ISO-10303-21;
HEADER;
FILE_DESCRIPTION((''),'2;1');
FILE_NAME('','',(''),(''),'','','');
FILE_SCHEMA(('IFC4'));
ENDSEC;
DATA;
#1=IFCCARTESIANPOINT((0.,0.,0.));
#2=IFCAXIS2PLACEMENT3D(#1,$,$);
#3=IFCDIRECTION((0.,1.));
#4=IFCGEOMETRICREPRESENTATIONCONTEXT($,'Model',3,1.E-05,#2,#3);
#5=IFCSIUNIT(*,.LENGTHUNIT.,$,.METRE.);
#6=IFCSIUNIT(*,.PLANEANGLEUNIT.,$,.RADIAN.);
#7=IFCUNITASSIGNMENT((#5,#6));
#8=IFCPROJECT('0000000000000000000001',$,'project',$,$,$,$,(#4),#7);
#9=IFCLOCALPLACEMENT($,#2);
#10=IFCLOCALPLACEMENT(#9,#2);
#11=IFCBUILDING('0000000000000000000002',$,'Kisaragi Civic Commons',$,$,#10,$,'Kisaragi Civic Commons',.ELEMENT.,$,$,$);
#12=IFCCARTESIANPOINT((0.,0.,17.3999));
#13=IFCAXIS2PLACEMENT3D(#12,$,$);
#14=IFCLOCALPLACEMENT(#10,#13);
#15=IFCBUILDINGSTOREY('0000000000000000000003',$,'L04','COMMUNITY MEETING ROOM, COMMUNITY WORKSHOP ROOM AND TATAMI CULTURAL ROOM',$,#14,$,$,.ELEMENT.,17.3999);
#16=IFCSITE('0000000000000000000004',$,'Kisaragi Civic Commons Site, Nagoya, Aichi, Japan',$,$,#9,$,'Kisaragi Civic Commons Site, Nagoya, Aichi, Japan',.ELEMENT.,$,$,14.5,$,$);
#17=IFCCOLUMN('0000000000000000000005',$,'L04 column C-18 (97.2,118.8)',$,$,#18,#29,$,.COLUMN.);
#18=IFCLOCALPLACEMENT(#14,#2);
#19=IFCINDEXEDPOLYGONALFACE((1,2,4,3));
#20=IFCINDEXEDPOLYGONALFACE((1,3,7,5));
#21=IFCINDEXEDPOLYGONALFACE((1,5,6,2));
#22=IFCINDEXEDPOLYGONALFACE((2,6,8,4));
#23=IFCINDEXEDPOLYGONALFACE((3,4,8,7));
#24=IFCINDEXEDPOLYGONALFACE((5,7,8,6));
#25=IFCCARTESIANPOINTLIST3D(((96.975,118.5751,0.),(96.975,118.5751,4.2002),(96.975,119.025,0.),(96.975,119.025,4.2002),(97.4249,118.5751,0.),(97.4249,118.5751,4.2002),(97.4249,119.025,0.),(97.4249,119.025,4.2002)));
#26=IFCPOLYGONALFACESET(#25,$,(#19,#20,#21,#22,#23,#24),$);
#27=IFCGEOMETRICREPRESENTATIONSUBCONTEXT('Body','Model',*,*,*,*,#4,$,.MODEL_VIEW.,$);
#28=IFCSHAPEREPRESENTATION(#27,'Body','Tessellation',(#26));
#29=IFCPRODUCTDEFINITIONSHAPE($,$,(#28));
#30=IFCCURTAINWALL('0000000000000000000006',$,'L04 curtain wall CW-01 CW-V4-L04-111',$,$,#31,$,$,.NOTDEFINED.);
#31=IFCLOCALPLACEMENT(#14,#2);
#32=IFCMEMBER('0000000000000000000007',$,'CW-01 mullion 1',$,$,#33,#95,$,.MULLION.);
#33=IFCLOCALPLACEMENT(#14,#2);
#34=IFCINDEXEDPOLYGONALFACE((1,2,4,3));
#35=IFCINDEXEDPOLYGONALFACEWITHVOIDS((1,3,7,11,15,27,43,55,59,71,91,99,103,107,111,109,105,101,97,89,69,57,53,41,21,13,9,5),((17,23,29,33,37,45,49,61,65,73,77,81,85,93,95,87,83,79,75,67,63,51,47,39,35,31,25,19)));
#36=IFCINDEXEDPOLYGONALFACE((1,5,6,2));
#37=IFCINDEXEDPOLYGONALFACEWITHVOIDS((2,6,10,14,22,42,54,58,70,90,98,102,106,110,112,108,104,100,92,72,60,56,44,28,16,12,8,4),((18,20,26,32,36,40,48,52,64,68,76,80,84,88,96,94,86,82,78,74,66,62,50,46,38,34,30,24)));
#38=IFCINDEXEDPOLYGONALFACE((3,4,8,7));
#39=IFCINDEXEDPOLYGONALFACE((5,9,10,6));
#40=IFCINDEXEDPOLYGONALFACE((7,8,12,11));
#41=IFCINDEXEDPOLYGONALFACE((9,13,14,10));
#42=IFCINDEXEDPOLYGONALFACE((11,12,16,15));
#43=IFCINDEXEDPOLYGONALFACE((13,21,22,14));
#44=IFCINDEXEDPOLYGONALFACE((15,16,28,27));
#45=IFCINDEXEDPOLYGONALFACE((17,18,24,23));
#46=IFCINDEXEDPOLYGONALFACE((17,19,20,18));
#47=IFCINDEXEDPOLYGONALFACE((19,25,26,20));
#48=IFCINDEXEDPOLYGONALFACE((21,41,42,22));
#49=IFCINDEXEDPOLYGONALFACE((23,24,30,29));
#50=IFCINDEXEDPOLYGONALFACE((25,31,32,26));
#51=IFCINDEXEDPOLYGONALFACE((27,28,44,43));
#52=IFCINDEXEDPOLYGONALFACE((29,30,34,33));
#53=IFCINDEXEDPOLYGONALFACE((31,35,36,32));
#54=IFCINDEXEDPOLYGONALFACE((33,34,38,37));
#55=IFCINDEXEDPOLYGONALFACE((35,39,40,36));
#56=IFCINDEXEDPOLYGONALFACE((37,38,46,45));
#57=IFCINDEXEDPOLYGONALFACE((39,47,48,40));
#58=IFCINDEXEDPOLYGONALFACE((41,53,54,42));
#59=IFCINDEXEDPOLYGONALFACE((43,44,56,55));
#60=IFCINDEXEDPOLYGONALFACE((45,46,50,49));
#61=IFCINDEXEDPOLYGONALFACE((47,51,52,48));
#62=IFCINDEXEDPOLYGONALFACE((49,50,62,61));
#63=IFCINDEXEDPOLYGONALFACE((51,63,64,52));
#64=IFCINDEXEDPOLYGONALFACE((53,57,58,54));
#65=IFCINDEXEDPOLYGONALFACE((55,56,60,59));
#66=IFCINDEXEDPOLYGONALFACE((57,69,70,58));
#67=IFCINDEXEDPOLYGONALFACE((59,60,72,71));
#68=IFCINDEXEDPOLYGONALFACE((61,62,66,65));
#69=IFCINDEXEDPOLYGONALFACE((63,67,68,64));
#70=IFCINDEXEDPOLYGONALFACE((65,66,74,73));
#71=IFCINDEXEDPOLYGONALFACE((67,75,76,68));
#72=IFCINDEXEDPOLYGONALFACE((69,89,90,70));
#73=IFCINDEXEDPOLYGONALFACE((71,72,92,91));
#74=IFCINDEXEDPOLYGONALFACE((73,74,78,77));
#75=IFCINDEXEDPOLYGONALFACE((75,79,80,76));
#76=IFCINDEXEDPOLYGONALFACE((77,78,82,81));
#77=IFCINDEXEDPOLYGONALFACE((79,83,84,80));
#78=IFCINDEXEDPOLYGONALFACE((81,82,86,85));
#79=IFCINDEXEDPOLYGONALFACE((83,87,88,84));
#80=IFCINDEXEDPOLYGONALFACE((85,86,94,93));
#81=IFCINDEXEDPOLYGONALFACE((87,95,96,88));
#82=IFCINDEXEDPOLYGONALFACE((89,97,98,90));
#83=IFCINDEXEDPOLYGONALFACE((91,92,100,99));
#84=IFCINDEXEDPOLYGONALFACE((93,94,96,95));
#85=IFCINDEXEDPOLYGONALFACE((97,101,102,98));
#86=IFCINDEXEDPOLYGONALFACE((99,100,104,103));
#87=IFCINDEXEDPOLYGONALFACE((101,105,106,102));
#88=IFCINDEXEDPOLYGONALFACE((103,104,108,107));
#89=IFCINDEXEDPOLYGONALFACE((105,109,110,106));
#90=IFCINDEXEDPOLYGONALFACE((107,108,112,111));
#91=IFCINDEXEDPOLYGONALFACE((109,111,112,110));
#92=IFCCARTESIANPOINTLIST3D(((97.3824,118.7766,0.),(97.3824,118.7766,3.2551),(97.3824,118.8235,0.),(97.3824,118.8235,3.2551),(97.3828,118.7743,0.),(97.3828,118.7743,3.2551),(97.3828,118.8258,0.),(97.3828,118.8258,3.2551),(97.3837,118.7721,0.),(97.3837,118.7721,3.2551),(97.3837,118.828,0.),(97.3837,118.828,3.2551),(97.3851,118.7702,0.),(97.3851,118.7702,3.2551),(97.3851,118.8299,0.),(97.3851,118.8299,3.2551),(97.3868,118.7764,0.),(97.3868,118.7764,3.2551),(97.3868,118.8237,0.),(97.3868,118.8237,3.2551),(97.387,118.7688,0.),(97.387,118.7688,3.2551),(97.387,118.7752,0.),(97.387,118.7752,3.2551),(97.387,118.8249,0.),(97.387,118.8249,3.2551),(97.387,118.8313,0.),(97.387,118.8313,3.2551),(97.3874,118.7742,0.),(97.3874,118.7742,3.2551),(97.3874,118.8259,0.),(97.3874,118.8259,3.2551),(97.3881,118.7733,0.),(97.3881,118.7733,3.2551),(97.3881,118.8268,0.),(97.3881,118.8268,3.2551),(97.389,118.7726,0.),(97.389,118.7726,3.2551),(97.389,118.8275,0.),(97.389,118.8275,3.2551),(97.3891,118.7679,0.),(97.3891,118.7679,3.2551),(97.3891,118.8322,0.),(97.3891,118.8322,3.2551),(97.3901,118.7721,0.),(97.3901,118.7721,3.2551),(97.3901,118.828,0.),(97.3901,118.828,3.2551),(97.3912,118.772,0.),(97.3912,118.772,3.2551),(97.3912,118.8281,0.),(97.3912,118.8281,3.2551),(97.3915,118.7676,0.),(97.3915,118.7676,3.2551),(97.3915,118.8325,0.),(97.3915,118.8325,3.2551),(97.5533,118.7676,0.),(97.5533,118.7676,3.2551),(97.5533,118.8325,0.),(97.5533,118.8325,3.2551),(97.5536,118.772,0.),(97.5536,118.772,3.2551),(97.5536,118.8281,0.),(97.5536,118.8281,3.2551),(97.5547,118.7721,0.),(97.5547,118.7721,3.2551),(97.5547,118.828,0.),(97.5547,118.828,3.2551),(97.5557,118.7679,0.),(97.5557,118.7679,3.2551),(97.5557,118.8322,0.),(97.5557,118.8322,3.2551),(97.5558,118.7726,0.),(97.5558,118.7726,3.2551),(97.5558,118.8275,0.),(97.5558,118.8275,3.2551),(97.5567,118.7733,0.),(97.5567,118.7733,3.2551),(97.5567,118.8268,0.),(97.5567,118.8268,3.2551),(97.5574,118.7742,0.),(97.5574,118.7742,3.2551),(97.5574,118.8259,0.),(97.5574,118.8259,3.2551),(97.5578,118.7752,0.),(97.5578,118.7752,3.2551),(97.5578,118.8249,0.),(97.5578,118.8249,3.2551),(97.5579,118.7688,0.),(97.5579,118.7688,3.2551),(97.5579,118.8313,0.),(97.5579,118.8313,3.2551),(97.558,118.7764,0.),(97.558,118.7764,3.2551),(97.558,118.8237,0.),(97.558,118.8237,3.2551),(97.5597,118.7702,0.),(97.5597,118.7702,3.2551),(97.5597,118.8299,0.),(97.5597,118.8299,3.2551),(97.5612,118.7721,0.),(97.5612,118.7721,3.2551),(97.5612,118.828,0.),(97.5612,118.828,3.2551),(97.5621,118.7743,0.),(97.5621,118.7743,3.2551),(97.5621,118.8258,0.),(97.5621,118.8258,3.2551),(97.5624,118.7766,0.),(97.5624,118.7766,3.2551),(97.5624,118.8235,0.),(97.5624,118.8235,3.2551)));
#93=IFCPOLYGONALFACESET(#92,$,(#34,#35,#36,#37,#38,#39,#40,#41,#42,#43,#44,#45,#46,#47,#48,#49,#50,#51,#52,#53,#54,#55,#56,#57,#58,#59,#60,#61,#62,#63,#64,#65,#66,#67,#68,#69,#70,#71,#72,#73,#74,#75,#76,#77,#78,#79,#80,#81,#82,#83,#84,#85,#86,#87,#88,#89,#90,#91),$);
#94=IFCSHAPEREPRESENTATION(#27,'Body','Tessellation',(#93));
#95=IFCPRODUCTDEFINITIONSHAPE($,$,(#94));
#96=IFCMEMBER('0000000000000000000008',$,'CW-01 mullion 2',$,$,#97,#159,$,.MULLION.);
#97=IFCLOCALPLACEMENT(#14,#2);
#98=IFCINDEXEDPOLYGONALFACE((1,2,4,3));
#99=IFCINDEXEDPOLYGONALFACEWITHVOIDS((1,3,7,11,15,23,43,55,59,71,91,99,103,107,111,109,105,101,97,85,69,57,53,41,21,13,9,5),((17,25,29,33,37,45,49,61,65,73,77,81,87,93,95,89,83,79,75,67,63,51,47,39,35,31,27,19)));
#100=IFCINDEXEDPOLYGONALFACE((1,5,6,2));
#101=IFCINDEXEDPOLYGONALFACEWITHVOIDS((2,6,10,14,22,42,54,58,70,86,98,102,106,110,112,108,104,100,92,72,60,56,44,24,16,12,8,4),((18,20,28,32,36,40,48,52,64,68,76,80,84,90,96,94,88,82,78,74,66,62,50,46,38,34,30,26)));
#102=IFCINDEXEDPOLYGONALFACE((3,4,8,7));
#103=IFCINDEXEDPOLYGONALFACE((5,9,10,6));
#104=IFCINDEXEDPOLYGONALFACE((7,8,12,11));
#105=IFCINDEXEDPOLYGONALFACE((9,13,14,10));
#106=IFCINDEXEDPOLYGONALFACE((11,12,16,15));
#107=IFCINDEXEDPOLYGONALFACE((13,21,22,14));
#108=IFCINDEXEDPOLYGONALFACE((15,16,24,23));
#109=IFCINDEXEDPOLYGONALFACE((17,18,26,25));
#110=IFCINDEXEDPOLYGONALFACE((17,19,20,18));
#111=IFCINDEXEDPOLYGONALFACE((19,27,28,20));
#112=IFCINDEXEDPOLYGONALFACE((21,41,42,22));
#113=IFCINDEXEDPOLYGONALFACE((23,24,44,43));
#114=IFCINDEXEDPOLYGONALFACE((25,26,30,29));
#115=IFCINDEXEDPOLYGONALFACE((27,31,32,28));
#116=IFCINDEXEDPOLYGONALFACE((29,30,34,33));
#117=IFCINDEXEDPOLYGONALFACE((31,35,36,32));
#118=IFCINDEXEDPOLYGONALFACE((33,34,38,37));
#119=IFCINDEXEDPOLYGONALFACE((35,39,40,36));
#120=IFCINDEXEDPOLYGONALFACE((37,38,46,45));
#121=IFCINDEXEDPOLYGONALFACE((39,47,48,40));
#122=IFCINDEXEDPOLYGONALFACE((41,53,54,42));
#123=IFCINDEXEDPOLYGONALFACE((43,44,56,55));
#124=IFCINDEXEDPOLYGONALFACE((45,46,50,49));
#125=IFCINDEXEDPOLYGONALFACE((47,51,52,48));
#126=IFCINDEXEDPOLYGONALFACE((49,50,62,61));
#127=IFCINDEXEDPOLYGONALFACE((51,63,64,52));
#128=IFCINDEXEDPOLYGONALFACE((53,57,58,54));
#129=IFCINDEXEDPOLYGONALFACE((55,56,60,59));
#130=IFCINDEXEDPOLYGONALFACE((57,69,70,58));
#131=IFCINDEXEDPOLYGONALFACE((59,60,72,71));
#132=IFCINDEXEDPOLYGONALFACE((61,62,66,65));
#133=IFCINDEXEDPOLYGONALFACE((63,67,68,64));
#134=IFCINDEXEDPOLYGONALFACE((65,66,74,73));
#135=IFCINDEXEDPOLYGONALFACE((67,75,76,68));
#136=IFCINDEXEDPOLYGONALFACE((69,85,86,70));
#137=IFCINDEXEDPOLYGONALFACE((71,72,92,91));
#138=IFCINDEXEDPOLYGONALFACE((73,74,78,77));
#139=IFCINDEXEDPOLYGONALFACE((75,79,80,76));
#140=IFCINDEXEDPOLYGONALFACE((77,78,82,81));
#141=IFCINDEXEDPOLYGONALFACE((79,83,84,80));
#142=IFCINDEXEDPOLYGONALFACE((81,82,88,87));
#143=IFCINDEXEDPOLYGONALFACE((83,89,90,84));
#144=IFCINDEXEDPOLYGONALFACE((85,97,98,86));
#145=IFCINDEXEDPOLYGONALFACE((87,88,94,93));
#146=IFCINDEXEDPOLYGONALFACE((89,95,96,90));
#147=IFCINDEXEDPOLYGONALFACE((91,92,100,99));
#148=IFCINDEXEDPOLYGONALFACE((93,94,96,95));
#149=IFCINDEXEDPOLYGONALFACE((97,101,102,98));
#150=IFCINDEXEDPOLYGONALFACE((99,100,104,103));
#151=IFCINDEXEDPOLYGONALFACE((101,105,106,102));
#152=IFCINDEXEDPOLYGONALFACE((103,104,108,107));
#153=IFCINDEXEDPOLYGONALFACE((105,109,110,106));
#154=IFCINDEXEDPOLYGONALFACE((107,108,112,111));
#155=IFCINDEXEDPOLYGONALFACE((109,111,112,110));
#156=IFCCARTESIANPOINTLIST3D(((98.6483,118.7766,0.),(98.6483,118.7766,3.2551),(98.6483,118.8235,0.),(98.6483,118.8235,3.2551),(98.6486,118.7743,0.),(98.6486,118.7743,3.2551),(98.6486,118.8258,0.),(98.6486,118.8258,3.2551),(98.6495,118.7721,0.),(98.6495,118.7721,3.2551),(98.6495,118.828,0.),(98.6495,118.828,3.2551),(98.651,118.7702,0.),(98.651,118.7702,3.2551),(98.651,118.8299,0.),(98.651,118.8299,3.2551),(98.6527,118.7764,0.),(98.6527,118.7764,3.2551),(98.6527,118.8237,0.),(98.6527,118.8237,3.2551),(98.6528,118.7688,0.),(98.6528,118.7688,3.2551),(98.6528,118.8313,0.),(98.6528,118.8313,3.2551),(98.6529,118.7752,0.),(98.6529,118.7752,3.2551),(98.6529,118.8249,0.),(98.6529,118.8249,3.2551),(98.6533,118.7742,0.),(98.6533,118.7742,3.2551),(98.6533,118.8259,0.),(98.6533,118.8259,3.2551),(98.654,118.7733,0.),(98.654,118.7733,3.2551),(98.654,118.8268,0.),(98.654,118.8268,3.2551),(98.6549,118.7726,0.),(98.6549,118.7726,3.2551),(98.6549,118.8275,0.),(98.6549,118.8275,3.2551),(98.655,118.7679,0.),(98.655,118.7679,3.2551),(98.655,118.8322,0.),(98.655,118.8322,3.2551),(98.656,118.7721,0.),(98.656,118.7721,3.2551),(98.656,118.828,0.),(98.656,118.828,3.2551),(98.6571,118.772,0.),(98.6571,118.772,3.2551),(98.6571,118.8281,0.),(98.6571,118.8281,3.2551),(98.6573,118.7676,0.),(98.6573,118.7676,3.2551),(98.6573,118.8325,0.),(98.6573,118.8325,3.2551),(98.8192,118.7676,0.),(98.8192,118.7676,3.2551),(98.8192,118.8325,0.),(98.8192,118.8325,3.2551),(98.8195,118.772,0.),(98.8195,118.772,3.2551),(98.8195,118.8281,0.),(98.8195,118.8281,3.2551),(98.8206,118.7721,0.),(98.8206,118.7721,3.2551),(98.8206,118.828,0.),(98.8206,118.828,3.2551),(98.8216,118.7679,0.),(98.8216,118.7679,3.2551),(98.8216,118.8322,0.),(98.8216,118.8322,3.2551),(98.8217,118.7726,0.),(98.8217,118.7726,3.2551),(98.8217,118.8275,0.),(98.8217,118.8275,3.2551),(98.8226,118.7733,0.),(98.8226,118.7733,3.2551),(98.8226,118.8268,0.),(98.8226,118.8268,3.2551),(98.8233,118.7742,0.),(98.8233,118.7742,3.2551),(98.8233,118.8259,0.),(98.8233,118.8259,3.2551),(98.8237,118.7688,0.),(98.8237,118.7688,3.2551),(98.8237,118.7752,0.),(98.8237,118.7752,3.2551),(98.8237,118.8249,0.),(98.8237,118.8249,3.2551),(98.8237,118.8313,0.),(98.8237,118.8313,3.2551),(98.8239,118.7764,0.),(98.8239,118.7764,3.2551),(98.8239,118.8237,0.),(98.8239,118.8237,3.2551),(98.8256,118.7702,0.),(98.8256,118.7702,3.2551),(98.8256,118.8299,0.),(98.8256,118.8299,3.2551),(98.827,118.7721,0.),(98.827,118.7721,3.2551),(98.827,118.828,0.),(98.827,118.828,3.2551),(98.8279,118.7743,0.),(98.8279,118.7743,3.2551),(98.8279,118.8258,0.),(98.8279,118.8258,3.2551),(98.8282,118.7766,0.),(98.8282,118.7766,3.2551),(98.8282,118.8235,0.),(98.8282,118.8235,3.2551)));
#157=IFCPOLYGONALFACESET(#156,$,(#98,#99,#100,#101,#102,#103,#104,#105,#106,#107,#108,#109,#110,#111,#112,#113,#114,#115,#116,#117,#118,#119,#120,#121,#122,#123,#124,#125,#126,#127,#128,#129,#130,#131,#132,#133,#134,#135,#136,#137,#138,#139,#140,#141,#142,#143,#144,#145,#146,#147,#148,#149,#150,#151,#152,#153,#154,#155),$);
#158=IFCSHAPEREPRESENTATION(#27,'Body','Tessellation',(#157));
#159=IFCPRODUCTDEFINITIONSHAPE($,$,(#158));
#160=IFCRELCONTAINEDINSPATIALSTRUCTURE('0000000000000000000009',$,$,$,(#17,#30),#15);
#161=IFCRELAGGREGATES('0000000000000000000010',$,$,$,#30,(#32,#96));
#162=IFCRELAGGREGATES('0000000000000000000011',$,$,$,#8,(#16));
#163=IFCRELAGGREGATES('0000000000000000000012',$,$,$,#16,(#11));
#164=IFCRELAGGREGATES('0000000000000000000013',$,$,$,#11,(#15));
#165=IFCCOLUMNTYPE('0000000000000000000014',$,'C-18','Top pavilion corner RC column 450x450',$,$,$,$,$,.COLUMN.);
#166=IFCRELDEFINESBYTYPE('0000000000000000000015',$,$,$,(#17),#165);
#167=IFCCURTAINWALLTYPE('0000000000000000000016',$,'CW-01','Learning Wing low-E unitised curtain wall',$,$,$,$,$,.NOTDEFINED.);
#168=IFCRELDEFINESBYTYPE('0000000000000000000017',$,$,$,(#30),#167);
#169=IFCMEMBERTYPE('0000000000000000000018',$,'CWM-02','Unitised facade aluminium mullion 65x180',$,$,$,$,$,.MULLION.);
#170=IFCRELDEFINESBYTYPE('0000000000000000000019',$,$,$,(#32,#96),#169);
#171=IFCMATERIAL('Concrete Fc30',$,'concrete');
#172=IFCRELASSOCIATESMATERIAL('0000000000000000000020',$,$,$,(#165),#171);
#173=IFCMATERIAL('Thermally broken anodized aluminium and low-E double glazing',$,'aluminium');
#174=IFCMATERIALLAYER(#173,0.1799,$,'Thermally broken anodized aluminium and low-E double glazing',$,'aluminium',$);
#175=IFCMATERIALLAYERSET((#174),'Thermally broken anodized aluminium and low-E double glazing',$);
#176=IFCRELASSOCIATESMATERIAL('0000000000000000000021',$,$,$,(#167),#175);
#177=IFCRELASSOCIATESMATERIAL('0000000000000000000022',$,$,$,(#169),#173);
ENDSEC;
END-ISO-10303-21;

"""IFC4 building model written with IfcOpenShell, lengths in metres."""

from ifc_helpers import new_model, si_unit, direction, frame, origin, origin_2d, place, context, subcontext, project, spatial, rectangle, hollow_rectangle, extrude, material, layer, layer_set, material_profile, profile_set, type_object, element, aggregate, save


model = new_model("IFC4")

# Units and contexts
model_context = context("Model", 3, precision=1e-05, world=origin(), true_north=direction((0.0, 1.0)))
body_context = subcontext(model_context, "Body", "Model", "MODEL_VIEW")
ifc_project = project(units=[si_unit("LENGTHUNIT", "METRE"), si_unit("PLANEANGLEUNIT", "RADIAN")], contexts=[model_context])

# Site, building, storey
site_placement = place(None, origin())
site = spatial("IfcSite", under=ifc_project, at=site_placement, Name="Kisaragi Civic Commons Site, Nagoya, Aichi, Japan", LongName="Kisaragi Civic Commons Site, Nagoya, Aichi, Japan", CompositionType="ELEMENT", RefElevation=14.5)
building_placement = place(site_placement, origin())
building = spatial("IfcBuilding", under=site, at=building_placement, Name="Kisaragi Civic Commons", LongName="Kisaragi Civic Commons", CompositionType="ELEMENT")
storey_placement = place(building_placement, frame((0.0, 0.0, 17.3999)))
storey = spatial("IfcBuildingStorey", under=building, at=storey_placement, Name="L04", Description="COMMUNITY MEETING ROOM, COMMUNITY WORKSHOP ROOM AND TATAMI CULTURAL ROOM", CompositionType="ELEMENT", Elevation=17.3999)

# Column
ifc_material_1 = material(Name="Concrete Fc30", Category="concrete")
ifc_material_profile_1 = material_profile(ifc_material_1, rectangle(XDim=0.45, YDim=0.45, at=origin_2d()), Name="RC-450x450", Category="concrete")
ifc_profile_set_1 = profile_set([ifc_material_profile_1], Name="Concrete Fc30")
column_type = type_object("IfcColumnType", Name="C-18", Description="Top pavilion corner RC column 450x450", PredefinedType="COLUMN", material=ifc_profile_set_1)
column_placement = place(storey_placement, frame((97.2, 118.8, 0.0), z_axis=(0.0, 0.0, 1.0), x_axis=(1.0, 0.0, 0.0)))
element("IfcColumn", 1, at=column_placement, inside=storey, type_object=column_type, Name="L04 column C-18 (97.2,118.8)", PredefinedType="COLUMN", context=body_context, shape_type="SweptSolid", body=[
    extrude(rectangle(XDim=0.45, YDim=0.45, at=origin_2d()), origin(), (0.0, 0.0, 1.0), 4.2002),
])

# Curtain wall, members
ifc_material_2 = material(Name="Thermally broken anodized aluminium and low-E double glazing", Category="aluminium")
ifc_layer_1 = layer(ifc_material_2, 0.1799, Name="Thermally broken anodized aluminium and low-E double glazing", Category="aluminium")
ifc_layer_set_1 = layer_set([ifc_layer_1], Name="Thermally broken anodized aluminium and low-E double glazing")
curtain_wall_type = type_object("IfcCurtainWallType", Name="CW-01", Description="Learning Wing low-E unitised curtain wall", PredefinedType="NOTDEFINED", material=ifc_layer_set_1)
curtain_wall_placement = place(storey_placement, origin())
curtain_wall = element("IfcCurtainWall", 2, at=curtain_wall_placement, inside=storey, type_object=curtain_wall_type, Name="L04 curtain wall CW-01 CW-V4-L04-111", PredefinedType="NOTDEFINED")
ifc_material_profile_2 = material_profile(ifc_material_2, hollow_rectangle(XDim=0.0649, YDim=0.1799, WallThickness=0.0044, InnerFilletRadius=0.0044, OuterFilletRadius=0.009, at=origin_2d()), Name="CWM-65x180x4.5", Category="aluminium")
ifc_profile_set_2 = profile_set([ifc_material_profile_2], Name="Thermally broken anodized aluminium and low-E double glazing")
member_type_1 = type_object("IfcMemberType", Name="CWM-02", Description="Unitised facade aluminium mullion 65x180", PredefinedType="MULLION", material=ifc_profile_set_2)
member_1_placement = place(storey_placement, frame((97.4724, 118.8, 0.0), z_axis=(0.0, 0.0, 1.0), x_axis=(0.0, 1.0, 0.0)))
member_1 = element("IfcMember", 3, at=member_1_placement, type_object=member_type_1, Name="CW-01 mullion 1", PredefinedType="MULLION", context=body_context, shape_type="SweptSolid", body=[
    extrude(hollow_rectangle(XDim=0.0649, YDim=0.1799, WallThickness=0.0044, InnerFilletRadius=0.0044, OuterFilletRadius=0.009, at=origin_2d()), origin(), (0.0, 0.0, 1.0), 3.2551),
])
member_2_placement = place(storey_placement, frame((98.7383, 118.8, 0.0), z_axis=(0.0, 0.0, 1.0), x_axis=(0.0, 1.0, 0.0)))
member_2 = element("IfcMember", 4, at=member_2_placement, type_object=member_type_1, Name="CW-01 mullion 2", PredefinedType="MULLION", context=body_context, shape_type="SweptSolid", body=[
    extrude(hollow_rectangle(XDim=0.0649, YDim=0.1799, WallThickness=0.0044, InnerFilletRadius=0.0044, OuterFilletRadius=0.009, at=origin_2d()), origin(), (0.0, 0.0, 1.0), 3.2551),
])

aggregate(curtain_wall, [member_1, member_2])

save(model, "model.ifc")
